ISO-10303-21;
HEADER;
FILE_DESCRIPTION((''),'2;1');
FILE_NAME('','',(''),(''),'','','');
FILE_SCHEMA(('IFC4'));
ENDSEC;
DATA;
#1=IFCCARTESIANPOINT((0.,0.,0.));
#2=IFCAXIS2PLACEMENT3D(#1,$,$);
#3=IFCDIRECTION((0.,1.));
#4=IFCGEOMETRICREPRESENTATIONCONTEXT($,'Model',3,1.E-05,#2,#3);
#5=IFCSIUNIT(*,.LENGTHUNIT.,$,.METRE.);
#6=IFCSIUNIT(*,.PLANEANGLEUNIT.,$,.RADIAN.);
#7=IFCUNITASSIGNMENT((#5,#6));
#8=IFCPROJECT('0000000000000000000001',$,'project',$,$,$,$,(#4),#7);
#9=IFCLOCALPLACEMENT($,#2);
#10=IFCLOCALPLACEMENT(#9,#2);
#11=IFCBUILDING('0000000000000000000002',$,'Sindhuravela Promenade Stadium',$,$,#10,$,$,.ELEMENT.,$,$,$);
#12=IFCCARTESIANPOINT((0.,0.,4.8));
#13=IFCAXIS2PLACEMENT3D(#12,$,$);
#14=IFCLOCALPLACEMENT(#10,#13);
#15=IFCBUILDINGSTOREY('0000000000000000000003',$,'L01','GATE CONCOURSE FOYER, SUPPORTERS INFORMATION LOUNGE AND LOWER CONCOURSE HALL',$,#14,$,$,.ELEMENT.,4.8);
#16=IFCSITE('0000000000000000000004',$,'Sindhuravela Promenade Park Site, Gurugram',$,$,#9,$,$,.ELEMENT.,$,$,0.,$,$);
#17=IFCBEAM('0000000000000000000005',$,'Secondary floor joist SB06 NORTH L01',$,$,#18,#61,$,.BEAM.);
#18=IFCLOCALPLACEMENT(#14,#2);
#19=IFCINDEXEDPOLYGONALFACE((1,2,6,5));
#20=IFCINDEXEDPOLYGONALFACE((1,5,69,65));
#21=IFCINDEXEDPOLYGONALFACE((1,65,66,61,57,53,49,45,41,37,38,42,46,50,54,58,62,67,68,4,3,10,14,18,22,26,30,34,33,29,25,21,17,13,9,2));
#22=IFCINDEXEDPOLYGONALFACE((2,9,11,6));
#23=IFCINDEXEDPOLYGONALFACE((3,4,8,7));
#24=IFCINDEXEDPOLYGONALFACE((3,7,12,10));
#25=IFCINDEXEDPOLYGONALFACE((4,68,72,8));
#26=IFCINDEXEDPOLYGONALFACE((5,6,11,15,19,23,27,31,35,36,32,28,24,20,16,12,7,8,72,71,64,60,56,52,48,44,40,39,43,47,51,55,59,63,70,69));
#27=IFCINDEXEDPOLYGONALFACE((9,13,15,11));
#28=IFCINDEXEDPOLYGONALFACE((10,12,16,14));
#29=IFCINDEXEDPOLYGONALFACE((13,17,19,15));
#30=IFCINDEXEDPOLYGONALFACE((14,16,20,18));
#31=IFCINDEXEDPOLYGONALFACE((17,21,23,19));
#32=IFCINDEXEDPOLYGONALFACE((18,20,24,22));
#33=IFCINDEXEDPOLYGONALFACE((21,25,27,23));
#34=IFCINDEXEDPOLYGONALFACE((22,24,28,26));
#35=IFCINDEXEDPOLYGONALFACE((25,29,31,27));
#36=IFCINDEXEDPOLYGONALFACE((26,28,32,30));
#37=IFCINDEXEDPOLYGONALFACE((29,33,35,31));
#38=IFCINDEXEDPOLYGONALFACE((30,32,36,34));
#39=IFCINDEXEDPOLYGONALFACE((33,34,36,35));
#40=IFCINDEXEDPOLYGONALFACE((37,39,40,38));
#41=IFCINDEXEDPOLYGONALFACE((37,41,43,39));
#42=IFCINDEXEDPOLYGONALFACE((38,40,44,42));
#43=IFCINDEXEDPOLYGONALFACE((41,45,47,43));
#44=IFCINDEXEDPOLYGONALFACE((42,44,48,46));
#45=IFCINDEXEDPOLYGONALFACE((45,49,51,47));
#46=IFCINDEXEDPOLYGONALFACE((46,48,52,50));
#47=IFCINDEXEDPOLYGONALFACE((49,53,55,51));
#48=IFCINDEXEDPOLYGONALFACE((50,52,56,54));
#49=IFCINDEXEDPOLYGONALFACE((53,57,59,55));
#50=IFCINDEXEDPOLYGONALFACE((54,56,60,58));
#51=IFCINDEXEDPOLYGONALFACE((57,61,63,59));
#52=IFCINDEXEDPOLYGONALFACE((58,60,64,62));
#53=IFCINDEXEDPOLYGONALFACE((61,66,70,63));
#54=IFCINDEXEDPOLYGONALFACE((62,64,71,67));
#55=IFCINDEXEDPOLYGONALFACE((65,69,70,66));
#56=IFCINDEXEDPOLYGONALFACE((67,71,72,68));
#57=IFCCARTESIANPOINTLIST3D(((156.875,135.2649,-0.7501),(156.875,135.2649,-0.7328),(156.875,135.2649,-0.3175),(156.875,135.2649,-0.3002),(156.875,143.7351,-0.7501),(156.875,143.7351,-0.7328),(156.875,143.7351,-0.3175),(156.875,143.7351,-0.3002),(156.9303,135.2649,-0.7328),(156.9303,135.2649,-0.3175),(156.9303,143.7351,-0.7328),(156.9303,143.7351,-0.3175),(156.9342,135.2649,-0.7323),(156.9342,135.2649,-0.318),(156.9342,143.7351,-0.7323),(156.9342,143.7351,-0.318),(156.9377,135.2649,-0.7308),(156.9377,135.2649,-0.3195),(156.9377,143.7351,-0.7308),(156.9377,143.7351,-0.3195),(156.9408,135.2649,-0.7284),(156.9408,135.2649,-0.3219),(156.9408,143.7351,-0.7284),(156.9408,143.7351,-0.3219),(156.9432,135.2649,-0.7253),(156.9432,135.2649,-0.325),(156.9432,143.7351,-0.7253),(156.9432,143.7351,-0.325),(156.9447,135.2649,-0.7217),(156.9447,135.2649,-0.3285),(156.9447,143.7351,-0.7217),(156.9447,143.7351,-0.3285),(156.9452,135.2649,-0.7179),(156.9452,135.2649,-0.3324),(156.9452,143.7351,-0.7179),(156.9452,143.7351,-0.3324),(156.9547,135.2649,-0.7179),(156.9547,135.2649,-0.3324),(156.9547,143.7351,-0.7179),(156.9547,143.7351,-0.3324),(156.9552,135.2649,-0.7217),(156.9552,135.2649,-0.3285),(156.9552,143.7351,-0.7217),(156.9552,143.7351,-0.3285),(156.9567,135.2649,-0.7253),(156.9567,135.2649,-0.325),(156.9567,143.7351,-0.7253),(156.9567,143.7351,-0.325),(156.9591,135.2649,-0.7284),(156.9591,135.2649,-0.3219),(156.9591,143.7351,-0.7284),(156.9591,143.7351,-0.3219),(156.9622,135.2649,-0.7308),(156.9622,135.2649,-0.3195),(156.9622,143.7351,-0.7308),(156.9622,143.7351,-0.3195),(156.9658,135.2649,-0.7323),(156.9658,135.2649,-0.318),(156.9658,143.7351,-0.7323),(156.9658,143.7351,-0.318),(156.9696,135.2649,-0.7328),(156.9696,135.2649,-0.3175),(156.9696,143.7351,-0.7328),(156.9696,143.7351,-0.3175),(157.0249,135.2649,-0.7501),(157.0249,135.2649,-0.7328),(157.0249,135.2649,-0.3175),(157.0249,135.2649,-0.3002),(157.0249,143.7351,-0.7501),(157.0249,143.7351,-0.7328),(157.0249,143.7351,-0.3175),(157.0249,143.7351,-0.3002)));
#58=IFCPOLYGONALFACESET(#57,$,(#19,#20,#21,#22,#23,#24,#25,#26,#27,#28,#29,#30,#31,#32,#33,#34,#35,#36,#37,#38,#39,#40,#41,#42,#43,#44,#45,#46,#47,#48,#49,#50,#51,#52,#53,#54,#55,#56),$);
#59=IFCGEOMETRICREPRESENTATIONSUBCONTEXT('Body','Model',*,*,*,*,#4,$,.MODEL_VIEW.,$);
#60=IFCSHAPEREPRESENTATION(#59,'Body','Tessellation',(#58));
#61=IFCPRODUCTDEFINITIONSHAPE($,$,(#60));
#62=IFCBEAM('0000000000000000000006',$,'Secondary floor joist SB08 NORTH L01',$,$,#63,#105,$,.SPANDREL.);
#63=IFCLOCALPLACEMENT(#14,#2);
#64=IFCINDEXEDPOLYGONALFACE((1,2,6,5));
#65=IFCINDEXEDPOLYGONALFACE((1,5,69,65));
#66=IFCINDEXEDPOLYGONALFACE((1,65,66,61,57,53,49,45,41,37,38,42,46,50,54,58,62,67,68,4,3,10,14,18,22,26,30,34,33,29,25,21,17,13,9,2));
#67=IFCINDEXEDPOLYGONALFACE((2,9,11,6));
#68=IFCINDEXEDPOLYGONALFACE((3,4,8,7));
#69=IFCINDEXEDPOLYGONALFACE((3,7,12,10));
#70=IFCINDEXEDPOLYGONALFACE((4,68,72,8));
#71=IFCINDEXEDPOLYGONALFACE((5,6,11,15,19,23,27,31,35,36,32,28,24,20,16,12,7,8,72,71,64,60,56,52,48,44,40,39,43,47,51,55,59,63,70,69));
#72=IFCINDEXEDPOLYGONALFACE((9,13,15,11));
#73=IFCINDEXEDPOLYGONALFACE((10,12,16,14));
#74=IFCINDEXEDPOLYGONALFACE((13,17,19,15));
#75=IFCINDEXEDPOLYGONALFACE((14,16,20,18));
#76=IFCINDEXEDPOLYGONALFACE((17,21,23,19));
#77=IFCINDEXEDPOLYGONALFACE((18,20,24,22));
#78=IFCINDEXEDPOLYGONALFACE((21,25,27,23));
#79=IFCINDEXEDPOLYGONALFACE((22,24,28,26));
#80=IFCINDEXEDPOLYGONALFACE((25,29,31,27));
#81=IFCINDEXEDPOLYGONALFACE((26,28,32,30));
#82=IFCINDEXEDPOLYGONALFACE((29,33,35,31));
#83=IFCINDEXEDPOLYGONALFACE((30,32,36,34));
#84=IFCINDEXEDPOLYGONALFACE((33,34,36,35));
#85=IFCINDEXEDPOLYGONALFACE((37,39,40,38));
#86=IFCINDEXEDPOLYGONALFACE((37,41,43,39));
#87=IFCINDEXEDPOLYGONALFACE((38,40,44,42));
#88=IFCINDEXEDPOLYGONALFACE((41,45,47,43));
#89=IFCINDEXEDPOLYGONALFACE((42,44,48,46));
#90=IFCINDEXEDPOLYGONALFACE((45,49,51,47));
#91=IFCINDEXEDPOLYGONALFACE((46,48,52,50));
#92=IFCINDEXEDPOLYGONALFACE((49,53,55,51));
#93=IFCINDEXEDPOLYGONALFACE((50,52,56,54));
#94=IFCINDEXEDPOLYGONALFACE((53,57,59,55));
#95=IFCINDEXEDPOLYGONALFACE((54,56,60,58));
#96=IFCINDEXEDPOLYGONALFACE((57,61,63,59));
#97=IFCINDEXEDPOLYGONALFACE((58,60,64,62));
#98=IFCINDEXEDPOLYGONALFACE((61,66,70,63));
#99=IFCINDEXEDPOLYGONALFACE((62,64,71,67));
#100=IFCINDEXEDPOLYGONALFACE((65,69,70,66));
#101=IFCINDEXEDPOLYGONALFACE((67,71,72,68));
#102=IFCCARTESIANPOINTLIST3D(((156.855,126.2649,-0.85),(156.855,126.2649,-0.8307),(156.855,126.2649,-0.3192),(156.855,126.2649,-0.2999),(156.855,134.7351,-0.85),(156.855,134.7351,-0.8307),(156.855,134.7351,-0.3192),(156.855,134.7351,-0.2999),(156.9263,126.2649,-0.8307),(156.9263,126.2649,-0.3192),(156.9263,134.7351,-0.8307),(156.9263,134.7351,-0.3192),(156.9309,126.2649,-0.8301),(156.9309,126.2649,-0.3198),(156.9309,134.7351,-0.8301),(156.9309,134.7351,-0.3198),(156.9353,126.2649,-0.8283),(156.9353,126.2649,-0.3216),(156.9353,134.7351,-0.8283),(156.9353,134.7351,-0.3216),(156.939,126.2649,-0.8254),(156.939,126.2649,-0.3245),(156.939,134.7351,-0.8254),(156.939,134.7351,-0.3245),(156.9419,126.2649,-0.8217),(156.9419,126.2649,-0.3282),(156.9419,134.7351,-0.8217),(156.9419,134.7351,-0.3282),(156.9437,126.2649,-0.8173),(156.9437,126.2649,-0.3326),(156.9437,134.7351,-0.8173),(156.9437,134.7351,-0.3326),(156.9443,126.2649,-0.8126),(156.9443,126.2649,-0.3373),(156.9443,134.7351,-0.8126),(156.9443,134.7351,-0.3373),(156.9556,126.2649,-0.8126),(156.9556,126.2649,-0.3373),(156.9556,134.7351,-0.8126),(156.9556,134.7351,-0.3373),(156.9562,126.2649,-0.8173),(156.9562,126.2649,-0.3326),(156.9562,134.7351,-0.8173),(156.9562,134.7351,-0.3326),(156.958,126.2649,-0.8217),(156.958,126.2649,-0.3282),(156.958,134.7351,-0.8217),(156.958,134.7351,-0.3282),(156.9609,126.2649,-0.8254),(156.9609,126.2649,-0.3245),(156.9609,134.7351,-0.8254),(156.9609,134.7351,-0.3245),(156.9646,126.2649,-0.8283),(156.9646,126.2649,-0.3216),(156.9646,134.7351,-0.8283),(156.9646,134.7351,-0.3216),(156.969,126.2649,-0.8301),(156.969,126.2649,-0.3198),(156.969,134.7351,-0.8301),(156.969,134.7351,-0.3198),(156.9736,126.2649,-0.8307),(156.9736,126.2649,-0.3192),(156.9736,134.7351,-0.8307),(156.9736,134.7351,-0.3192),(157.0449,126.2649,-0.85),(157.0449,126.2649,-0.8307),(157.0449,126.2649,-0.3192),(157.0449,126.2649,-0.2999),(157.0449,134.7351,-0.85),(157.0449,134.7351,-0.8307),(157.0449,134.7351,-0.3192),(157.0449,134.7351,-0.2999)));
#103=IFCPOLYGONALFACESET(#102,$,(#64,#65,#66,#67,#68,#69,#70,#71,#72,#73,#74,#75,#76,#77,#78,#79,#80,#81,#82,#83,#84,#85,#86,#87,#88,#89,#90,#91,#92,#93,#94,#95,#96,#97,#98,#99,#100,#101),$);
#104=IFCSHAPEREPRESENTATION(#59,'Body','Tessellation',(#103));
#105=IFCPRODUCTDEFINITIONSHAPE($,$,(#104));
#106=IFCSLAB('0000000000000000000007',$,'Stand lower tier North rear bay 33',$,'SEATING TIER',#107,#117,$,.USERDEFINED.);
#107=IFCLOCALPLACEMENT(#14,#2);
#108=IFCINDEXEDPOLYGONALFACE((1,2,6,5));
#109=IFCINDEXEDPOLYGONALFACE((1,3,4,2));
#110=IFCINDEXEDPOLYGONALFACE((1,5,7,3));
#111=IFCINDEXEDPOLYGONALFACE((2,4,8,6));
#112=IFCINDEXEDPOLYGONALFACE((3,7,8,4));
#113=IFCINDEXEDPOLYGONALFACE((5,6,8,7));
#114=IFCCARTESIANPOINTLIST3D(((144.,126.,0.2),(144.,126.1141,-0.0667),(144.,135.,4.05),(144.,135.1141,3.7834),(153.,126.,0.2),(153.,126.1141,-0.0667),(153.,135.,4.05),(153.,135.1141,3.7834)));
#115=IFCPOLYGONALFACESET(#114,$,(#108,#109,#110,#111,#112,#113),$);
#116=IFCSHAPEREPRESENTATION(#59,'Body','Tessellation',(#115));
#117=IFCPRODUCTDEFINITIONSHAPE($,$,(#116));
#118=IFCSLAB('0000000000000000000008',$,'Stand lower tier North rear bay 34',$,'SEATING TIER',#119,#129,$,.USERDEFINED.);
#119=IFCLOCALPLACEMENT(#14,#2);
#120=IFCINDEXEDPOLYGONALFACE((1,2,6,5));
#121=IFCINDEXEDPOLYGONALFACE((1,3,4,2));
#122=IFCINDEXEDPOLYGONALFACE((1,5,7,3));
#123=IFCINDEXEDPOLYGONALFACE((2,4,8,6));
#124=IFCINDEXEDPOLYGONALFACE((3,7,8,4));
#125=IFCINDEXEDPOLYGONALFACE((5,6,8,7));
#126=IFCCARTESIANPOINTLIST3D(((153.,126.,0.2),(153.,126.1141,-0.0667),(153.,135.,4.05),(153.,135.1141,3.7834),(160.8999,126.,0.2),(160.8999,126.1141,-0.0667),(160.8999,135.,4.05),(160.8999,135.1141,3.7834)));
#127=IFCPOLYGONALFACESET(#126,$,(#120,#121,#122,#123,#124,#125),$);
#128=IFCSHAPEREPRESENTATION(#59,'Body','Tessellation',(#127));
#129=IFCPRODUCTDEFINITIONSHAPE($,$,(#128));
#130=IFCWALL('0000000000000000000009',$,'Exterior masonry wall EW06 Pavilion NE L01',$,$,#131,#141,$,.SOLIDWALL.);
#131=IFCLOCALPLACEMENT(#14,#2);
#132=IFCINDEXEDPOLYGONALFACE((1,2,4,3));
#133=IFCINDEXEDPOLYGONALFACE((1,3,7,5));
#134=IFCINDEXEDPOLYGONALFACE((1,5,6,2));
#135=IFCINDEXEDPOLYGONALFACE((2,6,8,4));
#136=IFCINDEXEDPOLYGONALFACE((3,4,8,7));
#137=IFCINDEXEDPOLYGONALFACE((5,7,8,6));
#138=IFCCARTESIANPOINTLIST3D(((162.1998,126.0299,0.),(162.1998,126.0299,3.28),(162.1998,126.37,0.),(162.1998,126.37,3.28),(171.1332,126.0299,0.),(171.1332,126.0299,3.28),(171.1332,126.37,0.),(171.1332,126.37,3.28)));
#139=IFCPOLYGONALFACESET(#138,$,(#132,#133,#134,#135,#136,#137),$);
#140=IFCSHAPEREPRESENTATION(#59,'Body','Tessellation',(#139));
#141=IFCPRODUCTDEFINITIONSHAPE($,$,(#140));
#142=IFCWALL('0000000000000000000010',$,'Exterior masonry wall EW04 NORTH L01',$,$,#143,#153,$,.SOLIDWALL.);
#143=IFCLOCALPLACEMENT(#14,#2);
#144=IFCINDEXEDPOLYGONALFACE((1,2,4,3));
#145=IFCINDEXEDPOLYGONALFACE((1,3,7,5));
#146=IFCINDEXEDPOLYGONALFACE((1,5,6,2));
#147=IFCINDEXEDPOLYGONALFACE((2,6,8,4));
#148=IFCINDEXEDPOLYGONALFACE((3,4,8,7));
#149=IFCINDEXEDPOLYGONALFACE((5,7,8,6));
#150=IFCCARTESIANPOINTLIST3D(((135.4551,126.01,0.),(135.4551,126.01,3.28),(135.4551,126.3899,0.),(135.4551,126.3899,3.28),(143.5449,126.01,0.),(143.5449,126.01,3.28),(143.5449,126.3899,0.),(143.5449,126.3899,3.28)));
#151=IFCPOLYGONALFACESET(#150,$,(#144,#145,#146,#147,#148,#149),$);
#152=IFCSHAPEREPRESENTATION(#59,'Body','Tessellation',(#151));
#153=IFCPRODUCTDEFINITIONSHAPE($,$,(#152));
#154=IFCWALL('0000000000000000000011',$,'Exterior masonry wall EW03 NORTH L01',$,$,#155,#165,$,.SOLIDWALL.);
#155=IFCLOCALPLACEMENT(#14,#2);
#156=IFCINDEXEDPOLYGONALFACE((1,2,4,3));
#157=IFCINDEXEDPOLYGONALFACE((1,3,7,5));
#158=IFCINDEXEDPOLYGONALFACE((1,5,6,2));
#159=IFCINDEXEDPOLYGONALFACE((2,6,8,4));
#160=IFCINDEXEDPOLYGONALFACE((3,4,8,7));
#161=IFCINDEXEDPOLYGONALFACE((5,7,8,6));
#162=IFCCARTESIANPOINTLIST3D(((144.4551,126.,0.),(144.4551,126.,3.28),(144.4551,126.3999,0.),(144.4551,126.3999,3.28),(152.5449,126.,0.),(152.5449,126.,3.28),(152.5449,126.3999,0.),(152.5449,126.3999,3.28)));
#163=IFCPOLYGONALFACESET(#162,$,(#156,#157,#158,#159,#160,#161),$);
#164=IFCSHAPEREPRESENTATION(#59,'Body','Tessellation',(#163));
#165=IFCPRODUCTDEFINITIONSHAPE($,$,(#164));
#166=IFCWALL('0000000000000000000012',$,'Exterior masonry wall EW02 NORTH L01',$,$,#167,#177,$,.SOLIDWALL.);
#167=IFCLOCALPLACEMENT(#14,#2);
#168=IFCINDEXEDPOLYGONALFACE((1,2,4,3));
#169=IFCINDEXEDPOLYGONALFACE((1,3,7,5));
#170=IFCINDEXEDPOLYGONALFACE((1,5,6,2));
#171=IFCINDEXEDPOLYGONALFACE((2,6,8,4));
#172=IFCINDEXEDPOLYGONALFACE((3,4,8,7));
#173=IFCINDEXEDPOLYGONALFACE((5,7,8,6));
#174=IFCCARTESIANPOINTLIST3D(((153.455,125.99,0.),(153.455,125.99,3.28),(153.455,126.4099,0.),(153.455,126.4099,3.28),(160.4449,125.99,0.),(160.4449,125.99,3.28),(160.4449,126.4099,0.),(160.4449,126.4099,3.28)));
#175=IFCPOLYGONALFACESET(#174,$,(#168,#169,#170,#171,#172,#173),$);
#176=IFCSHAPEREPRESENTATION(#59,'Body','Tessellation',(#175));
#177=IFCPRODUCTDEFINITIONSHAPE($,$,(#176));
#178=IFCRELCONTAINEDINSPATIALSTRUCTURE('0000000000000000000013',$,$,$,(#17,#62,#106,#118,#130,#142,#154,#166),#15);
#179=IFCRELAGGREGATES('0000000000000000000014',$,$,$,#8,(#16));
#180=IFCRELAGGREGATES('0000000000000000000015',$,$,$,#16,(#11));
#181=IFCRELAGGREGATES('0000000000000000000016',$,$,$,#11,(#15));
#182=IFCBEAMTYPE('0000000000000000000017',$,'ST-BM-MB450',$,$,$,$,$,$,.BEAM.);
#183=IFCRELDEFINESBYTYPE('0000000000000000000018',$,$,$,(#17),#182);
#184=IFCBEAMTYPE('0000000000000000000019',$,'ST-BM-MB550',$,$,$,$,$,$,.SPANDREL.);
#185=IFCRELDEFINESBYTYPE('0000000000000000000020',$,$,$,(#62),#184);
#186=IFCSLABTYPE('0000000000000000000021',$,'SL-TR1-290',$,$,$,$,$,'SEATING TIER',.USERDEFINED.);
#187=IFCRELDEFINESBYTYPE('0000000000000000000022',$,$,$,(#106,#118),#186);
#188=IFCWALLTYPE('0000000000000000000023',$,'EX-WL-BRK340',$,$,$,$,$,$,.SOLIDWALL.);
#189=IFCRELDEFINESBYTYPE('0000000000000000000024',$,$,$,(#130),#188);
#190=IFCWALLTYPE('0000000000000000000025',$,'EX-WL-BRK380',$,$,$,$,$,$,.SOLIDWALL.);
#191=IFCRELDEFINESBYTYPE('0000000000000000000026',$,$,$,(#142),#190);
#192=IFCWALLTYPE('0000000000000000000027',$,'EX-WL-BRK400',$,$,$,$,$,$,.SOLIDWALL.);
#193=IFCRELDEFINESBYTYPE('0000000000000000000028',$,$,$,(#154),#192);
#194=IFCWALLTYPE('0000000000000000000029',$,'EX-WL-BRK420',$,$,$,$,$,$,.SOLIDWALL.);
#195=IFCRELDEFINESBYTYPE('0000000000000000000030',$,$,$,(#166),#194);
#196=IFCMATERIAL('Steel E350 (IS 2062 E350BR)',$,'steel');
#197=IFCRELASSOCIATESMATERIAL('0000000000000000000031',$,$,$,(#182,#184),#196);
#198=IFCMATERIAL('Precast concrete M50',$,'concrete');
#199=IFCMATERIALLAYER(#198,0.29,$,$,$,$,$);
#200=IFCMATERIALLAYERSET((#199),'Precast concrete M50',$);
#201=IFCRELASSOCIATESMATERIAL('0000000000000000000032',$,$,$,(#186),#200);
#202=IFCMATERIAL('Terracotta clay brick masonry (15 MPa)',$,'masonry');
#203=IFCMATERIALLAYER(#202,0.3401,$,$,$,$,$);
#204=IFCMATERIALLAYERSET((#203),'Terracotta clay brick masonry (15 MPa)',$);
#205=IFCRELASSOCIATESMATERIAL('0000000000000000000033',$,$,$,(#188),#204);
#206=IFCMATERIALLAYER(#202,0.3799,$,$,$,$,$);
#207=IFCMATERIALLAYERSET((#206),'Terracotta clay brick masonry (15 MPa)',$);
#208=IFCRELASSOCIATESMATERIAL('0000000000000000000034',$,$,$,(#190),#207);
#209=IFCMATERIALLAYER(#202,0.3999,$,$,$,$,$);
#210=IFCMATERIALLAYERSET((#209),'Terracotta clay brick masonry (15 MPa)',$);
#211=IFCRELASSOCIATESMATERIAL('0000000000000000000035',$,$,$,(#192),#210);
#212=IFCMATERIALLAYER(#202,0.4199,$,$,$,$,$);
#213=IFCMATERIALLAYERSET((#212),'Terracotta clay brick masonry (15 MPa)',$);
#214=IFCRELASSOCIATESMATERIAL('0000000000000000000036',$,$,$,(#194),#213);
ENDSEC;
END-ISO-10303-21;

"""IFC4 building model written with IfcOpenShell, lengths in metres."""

from ifc_helpers import new_model, si_unit, direction, frame, frame_2d, origin, origin_2d, place, context, subcontext, project, spatial, polyline, rectangle, i_section, outline, extrude, material, layer, layer_set, material_profile, profile_set, type_object, element, save


model = new_model("IFC4")

# Units and contexts
model_context = context("Model", 3, precision=1e-05, world=origin(), true_north=direction((0.0, 1.0)))
body_context = subcontext(model_context, "Body", "Model", "MODEL_VIEW")
ifc_project = project(units=[si_unit("LENGTHUNIT", "METRE"), si_unit("PLANEANGLEUNIT", "RADIAN")], contexts=[model_context])

# Site, building, storey
site_placement = place(None, origin())
site = spatial("IfcSite", under=ifc_project, at=site_placement, Name="Sindhuravela Promenade Park Site, Gurugram", CompositionType="ELEMENT", RefElevation=0.0)
building_placement = place(site_placement, origin())
building = spatial("IfcBuilding", under=site, at=building_placement, Name="Sindhuravela Promenade Stadium", CompositionType="ELEMENT")
storey_placement = place(building_placement, frame((0.0, 0.0, 4.8)))
storey = spatial("IfcBuildingStorey", under=building, at=storey_placement, Name="L01", Description="GATE CONCOURSE FOYER, SUPPORTERS INFORMATION LOUNGE AND LOWER CONCOURSE HALL", CompositionType="ELEMENT", Elevation=4.8)

# Beams
ifc_material_1 = material(Name="Steel E350 (IS 2062 E350BR)", Category="steel")
ifc_material_profile_1 = material_profile(ifc_material_1, i_section(OverallWidth=0.1499, OverallDepth=0.45, WebThickness=0.0095, FlangeThickness=0.0173, FilletRadius=0.0149, at=origin_2d()), Name="ISMB 450")
ifc_profile_set_1 = profile_set([ifc_material_profile_1], Name="Steel E350 (IS 2062 E350BR)")
beam_type_1 = type_object("IfcBeamType", Name="ST-BM-MB450", PredefinedType="BEAM", material=ifc_profile_set_1)
for number, where, z_axis, x_axis, name in (
    (1, (156.95, 135.2649, -0.5251), (0.0, 1.0, 0.0), (-1.0, 0.0, 0.0), "Secondary floor joist SB06 NORTH L01"),
):
    element("IfcBeam", number, at=place(storey_placement, frame(where, z_axis=z_axis, x_axis=x_axis)), inside=storey, type_object=beam_type_1, Name=name, PredefinedType="BEAM", context=body_context, shape_type="SweptSolid", body=[
        extrude(i_section(OverallWidth=0.1499, OverallDepth=0.45, WebThickness=0.0095, FlangeThickness=0.0173, FilletRadius=0.0149, at=origin_2d()), origin(), (0.0, 0.0, 1.0), 8.4702),
    ])
ifc_material_profile_2 = material_profile(ifc_material_1, i_section(OverallWidth=0.1899, OverallDepth=0.55, WebThickness=0.0112, FlangeThickness=0.0193, FilletRadius=0.0181, at=origin_2d()), Name="ISMB 550")
ifc_profile_set_2 = profile_set([ifc_material_profile_2], Name="Steel E350 (IS 2062 E350BR)")
beam_type_2 = type_object("IfcBeamType", Name="ST-BM-MB550", PredefinedType="SPANDREL", material=ifc_profile_set_2)
beam_1_placement = place(storey_placement, frame((156.95, 126.2649, -0.575), z_axis=(0.0, 1.0, 0.0), x_axis=(-1.0, 0.0, 0.0)))
element("IfcBeam", 2, at=beam_1_placement, inside=storey, type_object=beam_type_2, Name="Secondary floor joist SB08 NORTH L01", PredefinedType="SPANDREL", context=body_context, shape_type="SweptSolid", body=[
    extrude(i_section(OverallWidth=0.1899, OverallDepth=0.55, WebThickness=0.0112, FlangeThickness=0.0193, FilletRadius=0.0181, at=origin_2d()), origin(), (0.0, 0.0, 1.0), 8.4702),
])

# Slabs
ifc_material_2 = material(Name="Precast concrete M50", Category="concrete")
ifc_layer_1 = layer(ifc_material_2, 0.29)
ifc_layer_set_1 = layer_set([ifc_layer_1], Name="Precast concrete M50")
slab_type = type_object("IfcSlabType", Name="SL-TR1-290", ElementType="SEATING TIER", PredefinedType="USERDEFINED", material=ifc_layer_set_1)
slab_1_placement = place(storey_placement, frame((144.0, 126.0, 0.2), z_axis=(0.0, -0.393311, 0.919405), x_axis=(1.0, 0.0, 0.0)))
element("IfcSlab", 3, at=slab_1_placement, inside=storey, type_object=slab_type, Name="Stand lower tier North rear bay 33", ObjectType="SEATING TIER", PredefinedType="USERDEFINED", context=body_context, shape_type="SweptSolid", body=[
    extrude(outline(polyline([(0.0, 0.0), (9.0, 0.0), (9.0, 9.7889), (0.0, 9.7889), (0.0, 0.0)])), origin(), (0.0, 0.0, -1.0), 0.29),
])
slab_2_placement = place(storey_placement, frame((153.0, 126.0, 0.2), z_axis=(0.0, -0.393311, 0.919405), x_axis=(1.0, 0.0, 0.0)))
element("IfcSlab", 4, at=slab_2_placement, inside=storey, type_object=slab_type, Name="Stand lower tier North rear bay 34", ObjectType="SEATING TIER", PredefinedType="USERDEFINED", context=body_context, shape_type="SweptSolid", body=[
    extrude(outline(polyline([(0.0, 0.0), (7.8999, 0.0), (7.8999, 9.7889), (0.0, 9.7889), (0.0, 0.0)])), origin(), (0.0, 0.0, -1.0), 0.29),
])

# Walls
ifc_material_3 = material(Name="Terracotta clay brick masonry (15 MPa)", Category="masonry")
ifc_layer_2 = layer(ifc_material_3, 0.3401)
ifc_layer_set_2 = layer_set([ifc_layer_2], Name="Terracotta clay brick masonry (15 MPa)")
wall_type_1 = type_object("IfcWallType", Name="EX-WL-BRK340", PredefinedType="SOLIDWALL", material=ifc_layer_set_2)
wall_1_placement = place(storey_placement, frame((171.1333, 126.2, 0.0), z_axis=(0.0, 0.0, 1.0), x_axis=(-1.0, 0.0, 0.0)))
element("IfcWall", 5, at=wall_1_placement, inside=storey, type_object=wall_type_1, Name="Exterior masonry wall EW06 Pavilion NE L01", PredefinedType="SOLIDWALL", context=body_context, shape_type="SweptSolid", body=[
    extrude(rectangle(XDim=8.9333, YDim=0.3401, at=frame_2d((4.4668, 0.0))), origin(), (0.0, 0.0, 1.0), 3.28),
])
ifc_layer_3 = layer(ifc_material_3, 0.3799)
ifc_layer_set_3 = layer_set([ifc_layer_3], Name="Terracotta clay brick masonry (15 MPa)")
wall_type_2 = type_object("IfcWallType", Name="EX-WL-BRK380", PredefinedType="SOLIDWALL", material=ifc_layer_set_3)
wall_2_placement = place(storey_placement, frame((143.5449, 126.2, 0.0), z_axis=(0.0, 0.0, 1.0), x_axis=(-1.0, 0.0, 0.0)))
element("IfcWall", 6, at=wall_2_placement, inside=storey, type_object=wall_type_2, Name="Exterior masonry wall EW04 NORTH L01", PredefinedType="SOLIDWALL", context=body_context, shape_type="SweptSolid", body=[
    extrude(rectangle(XDim=8.0898, YDim=0.3799, at=frame_2d((4.0449, 0.0))), origin(), (0.0, 0.0, 1.0), 3.28),
])
ifc_layer_4 = layer(ifc_material_3, 0.3999)
ifc_layer_set_4 = layer_set([ifc_layer_4], Name="Terracotta clay brick masonry (15 MPa)")
wall_type_3 = type_object("IfcWallType", Name="EX-WL-BRK400", PredefinedType="SOLIDWALL", material=ifc_layer_set_4)
wall_3_placement = place(storey_placement, frame((152.5449, 126.2, 0.0), z_axis=(0.0, 0.0, 1.0), x_axis=(-1.0, 0.0, 0.0)))
element("IfcWall", 7, at=wall_3_placement, inside=storey, type_object=wall_type_3, Name="Exterior masonry wall EW03 NORTH L01", PredefinedType="SOLIDWALL", context=body_context, shape_type="SweptSolid", body=[
    extrude(rectangle(XDim=8.0898, YDim=0.3999, at=frame_2d((4.0449, 0.0))), origin(), (0.0, 0.0, 1.0), 3.28),
])
ifc_layer_5 = layer(ifc_material_3, 0.4199)
ifc_layer_set_5 = layer_set([ifc_layer_5], Name="Terracotta clay brick masonry (15 MPa)")
wall_type_4 = type_object("IfcWallType", Name="EX-WL-BRK420", PredefinedType="SOLIDWALL", material=ifc_layer_set_5)
wall_4_placement = place(storey_placement, frame((160.4451, 126.2, 0.0), z_axis=(0.0, 0.0, 1.0), x_axis=(-1.0, 0.0, 0.0)))
element("IfcWall", 8, at=wall_4_placement, inside=storey, type_object=wall_type_4, Name="Exterior masonry wall EW02 NORTH L01", PredefinedType="SOLIDWALL", context=body_context, shape_type="SweptSolid", body=[
    extrude(rectangle(XDim=6.99, YDim=0.4199, at=frame_2d((3.4951, 0.0))), origin(), (0.0, 0.0, 1.0), 3.28),
])

save(model, "model.ifc")
